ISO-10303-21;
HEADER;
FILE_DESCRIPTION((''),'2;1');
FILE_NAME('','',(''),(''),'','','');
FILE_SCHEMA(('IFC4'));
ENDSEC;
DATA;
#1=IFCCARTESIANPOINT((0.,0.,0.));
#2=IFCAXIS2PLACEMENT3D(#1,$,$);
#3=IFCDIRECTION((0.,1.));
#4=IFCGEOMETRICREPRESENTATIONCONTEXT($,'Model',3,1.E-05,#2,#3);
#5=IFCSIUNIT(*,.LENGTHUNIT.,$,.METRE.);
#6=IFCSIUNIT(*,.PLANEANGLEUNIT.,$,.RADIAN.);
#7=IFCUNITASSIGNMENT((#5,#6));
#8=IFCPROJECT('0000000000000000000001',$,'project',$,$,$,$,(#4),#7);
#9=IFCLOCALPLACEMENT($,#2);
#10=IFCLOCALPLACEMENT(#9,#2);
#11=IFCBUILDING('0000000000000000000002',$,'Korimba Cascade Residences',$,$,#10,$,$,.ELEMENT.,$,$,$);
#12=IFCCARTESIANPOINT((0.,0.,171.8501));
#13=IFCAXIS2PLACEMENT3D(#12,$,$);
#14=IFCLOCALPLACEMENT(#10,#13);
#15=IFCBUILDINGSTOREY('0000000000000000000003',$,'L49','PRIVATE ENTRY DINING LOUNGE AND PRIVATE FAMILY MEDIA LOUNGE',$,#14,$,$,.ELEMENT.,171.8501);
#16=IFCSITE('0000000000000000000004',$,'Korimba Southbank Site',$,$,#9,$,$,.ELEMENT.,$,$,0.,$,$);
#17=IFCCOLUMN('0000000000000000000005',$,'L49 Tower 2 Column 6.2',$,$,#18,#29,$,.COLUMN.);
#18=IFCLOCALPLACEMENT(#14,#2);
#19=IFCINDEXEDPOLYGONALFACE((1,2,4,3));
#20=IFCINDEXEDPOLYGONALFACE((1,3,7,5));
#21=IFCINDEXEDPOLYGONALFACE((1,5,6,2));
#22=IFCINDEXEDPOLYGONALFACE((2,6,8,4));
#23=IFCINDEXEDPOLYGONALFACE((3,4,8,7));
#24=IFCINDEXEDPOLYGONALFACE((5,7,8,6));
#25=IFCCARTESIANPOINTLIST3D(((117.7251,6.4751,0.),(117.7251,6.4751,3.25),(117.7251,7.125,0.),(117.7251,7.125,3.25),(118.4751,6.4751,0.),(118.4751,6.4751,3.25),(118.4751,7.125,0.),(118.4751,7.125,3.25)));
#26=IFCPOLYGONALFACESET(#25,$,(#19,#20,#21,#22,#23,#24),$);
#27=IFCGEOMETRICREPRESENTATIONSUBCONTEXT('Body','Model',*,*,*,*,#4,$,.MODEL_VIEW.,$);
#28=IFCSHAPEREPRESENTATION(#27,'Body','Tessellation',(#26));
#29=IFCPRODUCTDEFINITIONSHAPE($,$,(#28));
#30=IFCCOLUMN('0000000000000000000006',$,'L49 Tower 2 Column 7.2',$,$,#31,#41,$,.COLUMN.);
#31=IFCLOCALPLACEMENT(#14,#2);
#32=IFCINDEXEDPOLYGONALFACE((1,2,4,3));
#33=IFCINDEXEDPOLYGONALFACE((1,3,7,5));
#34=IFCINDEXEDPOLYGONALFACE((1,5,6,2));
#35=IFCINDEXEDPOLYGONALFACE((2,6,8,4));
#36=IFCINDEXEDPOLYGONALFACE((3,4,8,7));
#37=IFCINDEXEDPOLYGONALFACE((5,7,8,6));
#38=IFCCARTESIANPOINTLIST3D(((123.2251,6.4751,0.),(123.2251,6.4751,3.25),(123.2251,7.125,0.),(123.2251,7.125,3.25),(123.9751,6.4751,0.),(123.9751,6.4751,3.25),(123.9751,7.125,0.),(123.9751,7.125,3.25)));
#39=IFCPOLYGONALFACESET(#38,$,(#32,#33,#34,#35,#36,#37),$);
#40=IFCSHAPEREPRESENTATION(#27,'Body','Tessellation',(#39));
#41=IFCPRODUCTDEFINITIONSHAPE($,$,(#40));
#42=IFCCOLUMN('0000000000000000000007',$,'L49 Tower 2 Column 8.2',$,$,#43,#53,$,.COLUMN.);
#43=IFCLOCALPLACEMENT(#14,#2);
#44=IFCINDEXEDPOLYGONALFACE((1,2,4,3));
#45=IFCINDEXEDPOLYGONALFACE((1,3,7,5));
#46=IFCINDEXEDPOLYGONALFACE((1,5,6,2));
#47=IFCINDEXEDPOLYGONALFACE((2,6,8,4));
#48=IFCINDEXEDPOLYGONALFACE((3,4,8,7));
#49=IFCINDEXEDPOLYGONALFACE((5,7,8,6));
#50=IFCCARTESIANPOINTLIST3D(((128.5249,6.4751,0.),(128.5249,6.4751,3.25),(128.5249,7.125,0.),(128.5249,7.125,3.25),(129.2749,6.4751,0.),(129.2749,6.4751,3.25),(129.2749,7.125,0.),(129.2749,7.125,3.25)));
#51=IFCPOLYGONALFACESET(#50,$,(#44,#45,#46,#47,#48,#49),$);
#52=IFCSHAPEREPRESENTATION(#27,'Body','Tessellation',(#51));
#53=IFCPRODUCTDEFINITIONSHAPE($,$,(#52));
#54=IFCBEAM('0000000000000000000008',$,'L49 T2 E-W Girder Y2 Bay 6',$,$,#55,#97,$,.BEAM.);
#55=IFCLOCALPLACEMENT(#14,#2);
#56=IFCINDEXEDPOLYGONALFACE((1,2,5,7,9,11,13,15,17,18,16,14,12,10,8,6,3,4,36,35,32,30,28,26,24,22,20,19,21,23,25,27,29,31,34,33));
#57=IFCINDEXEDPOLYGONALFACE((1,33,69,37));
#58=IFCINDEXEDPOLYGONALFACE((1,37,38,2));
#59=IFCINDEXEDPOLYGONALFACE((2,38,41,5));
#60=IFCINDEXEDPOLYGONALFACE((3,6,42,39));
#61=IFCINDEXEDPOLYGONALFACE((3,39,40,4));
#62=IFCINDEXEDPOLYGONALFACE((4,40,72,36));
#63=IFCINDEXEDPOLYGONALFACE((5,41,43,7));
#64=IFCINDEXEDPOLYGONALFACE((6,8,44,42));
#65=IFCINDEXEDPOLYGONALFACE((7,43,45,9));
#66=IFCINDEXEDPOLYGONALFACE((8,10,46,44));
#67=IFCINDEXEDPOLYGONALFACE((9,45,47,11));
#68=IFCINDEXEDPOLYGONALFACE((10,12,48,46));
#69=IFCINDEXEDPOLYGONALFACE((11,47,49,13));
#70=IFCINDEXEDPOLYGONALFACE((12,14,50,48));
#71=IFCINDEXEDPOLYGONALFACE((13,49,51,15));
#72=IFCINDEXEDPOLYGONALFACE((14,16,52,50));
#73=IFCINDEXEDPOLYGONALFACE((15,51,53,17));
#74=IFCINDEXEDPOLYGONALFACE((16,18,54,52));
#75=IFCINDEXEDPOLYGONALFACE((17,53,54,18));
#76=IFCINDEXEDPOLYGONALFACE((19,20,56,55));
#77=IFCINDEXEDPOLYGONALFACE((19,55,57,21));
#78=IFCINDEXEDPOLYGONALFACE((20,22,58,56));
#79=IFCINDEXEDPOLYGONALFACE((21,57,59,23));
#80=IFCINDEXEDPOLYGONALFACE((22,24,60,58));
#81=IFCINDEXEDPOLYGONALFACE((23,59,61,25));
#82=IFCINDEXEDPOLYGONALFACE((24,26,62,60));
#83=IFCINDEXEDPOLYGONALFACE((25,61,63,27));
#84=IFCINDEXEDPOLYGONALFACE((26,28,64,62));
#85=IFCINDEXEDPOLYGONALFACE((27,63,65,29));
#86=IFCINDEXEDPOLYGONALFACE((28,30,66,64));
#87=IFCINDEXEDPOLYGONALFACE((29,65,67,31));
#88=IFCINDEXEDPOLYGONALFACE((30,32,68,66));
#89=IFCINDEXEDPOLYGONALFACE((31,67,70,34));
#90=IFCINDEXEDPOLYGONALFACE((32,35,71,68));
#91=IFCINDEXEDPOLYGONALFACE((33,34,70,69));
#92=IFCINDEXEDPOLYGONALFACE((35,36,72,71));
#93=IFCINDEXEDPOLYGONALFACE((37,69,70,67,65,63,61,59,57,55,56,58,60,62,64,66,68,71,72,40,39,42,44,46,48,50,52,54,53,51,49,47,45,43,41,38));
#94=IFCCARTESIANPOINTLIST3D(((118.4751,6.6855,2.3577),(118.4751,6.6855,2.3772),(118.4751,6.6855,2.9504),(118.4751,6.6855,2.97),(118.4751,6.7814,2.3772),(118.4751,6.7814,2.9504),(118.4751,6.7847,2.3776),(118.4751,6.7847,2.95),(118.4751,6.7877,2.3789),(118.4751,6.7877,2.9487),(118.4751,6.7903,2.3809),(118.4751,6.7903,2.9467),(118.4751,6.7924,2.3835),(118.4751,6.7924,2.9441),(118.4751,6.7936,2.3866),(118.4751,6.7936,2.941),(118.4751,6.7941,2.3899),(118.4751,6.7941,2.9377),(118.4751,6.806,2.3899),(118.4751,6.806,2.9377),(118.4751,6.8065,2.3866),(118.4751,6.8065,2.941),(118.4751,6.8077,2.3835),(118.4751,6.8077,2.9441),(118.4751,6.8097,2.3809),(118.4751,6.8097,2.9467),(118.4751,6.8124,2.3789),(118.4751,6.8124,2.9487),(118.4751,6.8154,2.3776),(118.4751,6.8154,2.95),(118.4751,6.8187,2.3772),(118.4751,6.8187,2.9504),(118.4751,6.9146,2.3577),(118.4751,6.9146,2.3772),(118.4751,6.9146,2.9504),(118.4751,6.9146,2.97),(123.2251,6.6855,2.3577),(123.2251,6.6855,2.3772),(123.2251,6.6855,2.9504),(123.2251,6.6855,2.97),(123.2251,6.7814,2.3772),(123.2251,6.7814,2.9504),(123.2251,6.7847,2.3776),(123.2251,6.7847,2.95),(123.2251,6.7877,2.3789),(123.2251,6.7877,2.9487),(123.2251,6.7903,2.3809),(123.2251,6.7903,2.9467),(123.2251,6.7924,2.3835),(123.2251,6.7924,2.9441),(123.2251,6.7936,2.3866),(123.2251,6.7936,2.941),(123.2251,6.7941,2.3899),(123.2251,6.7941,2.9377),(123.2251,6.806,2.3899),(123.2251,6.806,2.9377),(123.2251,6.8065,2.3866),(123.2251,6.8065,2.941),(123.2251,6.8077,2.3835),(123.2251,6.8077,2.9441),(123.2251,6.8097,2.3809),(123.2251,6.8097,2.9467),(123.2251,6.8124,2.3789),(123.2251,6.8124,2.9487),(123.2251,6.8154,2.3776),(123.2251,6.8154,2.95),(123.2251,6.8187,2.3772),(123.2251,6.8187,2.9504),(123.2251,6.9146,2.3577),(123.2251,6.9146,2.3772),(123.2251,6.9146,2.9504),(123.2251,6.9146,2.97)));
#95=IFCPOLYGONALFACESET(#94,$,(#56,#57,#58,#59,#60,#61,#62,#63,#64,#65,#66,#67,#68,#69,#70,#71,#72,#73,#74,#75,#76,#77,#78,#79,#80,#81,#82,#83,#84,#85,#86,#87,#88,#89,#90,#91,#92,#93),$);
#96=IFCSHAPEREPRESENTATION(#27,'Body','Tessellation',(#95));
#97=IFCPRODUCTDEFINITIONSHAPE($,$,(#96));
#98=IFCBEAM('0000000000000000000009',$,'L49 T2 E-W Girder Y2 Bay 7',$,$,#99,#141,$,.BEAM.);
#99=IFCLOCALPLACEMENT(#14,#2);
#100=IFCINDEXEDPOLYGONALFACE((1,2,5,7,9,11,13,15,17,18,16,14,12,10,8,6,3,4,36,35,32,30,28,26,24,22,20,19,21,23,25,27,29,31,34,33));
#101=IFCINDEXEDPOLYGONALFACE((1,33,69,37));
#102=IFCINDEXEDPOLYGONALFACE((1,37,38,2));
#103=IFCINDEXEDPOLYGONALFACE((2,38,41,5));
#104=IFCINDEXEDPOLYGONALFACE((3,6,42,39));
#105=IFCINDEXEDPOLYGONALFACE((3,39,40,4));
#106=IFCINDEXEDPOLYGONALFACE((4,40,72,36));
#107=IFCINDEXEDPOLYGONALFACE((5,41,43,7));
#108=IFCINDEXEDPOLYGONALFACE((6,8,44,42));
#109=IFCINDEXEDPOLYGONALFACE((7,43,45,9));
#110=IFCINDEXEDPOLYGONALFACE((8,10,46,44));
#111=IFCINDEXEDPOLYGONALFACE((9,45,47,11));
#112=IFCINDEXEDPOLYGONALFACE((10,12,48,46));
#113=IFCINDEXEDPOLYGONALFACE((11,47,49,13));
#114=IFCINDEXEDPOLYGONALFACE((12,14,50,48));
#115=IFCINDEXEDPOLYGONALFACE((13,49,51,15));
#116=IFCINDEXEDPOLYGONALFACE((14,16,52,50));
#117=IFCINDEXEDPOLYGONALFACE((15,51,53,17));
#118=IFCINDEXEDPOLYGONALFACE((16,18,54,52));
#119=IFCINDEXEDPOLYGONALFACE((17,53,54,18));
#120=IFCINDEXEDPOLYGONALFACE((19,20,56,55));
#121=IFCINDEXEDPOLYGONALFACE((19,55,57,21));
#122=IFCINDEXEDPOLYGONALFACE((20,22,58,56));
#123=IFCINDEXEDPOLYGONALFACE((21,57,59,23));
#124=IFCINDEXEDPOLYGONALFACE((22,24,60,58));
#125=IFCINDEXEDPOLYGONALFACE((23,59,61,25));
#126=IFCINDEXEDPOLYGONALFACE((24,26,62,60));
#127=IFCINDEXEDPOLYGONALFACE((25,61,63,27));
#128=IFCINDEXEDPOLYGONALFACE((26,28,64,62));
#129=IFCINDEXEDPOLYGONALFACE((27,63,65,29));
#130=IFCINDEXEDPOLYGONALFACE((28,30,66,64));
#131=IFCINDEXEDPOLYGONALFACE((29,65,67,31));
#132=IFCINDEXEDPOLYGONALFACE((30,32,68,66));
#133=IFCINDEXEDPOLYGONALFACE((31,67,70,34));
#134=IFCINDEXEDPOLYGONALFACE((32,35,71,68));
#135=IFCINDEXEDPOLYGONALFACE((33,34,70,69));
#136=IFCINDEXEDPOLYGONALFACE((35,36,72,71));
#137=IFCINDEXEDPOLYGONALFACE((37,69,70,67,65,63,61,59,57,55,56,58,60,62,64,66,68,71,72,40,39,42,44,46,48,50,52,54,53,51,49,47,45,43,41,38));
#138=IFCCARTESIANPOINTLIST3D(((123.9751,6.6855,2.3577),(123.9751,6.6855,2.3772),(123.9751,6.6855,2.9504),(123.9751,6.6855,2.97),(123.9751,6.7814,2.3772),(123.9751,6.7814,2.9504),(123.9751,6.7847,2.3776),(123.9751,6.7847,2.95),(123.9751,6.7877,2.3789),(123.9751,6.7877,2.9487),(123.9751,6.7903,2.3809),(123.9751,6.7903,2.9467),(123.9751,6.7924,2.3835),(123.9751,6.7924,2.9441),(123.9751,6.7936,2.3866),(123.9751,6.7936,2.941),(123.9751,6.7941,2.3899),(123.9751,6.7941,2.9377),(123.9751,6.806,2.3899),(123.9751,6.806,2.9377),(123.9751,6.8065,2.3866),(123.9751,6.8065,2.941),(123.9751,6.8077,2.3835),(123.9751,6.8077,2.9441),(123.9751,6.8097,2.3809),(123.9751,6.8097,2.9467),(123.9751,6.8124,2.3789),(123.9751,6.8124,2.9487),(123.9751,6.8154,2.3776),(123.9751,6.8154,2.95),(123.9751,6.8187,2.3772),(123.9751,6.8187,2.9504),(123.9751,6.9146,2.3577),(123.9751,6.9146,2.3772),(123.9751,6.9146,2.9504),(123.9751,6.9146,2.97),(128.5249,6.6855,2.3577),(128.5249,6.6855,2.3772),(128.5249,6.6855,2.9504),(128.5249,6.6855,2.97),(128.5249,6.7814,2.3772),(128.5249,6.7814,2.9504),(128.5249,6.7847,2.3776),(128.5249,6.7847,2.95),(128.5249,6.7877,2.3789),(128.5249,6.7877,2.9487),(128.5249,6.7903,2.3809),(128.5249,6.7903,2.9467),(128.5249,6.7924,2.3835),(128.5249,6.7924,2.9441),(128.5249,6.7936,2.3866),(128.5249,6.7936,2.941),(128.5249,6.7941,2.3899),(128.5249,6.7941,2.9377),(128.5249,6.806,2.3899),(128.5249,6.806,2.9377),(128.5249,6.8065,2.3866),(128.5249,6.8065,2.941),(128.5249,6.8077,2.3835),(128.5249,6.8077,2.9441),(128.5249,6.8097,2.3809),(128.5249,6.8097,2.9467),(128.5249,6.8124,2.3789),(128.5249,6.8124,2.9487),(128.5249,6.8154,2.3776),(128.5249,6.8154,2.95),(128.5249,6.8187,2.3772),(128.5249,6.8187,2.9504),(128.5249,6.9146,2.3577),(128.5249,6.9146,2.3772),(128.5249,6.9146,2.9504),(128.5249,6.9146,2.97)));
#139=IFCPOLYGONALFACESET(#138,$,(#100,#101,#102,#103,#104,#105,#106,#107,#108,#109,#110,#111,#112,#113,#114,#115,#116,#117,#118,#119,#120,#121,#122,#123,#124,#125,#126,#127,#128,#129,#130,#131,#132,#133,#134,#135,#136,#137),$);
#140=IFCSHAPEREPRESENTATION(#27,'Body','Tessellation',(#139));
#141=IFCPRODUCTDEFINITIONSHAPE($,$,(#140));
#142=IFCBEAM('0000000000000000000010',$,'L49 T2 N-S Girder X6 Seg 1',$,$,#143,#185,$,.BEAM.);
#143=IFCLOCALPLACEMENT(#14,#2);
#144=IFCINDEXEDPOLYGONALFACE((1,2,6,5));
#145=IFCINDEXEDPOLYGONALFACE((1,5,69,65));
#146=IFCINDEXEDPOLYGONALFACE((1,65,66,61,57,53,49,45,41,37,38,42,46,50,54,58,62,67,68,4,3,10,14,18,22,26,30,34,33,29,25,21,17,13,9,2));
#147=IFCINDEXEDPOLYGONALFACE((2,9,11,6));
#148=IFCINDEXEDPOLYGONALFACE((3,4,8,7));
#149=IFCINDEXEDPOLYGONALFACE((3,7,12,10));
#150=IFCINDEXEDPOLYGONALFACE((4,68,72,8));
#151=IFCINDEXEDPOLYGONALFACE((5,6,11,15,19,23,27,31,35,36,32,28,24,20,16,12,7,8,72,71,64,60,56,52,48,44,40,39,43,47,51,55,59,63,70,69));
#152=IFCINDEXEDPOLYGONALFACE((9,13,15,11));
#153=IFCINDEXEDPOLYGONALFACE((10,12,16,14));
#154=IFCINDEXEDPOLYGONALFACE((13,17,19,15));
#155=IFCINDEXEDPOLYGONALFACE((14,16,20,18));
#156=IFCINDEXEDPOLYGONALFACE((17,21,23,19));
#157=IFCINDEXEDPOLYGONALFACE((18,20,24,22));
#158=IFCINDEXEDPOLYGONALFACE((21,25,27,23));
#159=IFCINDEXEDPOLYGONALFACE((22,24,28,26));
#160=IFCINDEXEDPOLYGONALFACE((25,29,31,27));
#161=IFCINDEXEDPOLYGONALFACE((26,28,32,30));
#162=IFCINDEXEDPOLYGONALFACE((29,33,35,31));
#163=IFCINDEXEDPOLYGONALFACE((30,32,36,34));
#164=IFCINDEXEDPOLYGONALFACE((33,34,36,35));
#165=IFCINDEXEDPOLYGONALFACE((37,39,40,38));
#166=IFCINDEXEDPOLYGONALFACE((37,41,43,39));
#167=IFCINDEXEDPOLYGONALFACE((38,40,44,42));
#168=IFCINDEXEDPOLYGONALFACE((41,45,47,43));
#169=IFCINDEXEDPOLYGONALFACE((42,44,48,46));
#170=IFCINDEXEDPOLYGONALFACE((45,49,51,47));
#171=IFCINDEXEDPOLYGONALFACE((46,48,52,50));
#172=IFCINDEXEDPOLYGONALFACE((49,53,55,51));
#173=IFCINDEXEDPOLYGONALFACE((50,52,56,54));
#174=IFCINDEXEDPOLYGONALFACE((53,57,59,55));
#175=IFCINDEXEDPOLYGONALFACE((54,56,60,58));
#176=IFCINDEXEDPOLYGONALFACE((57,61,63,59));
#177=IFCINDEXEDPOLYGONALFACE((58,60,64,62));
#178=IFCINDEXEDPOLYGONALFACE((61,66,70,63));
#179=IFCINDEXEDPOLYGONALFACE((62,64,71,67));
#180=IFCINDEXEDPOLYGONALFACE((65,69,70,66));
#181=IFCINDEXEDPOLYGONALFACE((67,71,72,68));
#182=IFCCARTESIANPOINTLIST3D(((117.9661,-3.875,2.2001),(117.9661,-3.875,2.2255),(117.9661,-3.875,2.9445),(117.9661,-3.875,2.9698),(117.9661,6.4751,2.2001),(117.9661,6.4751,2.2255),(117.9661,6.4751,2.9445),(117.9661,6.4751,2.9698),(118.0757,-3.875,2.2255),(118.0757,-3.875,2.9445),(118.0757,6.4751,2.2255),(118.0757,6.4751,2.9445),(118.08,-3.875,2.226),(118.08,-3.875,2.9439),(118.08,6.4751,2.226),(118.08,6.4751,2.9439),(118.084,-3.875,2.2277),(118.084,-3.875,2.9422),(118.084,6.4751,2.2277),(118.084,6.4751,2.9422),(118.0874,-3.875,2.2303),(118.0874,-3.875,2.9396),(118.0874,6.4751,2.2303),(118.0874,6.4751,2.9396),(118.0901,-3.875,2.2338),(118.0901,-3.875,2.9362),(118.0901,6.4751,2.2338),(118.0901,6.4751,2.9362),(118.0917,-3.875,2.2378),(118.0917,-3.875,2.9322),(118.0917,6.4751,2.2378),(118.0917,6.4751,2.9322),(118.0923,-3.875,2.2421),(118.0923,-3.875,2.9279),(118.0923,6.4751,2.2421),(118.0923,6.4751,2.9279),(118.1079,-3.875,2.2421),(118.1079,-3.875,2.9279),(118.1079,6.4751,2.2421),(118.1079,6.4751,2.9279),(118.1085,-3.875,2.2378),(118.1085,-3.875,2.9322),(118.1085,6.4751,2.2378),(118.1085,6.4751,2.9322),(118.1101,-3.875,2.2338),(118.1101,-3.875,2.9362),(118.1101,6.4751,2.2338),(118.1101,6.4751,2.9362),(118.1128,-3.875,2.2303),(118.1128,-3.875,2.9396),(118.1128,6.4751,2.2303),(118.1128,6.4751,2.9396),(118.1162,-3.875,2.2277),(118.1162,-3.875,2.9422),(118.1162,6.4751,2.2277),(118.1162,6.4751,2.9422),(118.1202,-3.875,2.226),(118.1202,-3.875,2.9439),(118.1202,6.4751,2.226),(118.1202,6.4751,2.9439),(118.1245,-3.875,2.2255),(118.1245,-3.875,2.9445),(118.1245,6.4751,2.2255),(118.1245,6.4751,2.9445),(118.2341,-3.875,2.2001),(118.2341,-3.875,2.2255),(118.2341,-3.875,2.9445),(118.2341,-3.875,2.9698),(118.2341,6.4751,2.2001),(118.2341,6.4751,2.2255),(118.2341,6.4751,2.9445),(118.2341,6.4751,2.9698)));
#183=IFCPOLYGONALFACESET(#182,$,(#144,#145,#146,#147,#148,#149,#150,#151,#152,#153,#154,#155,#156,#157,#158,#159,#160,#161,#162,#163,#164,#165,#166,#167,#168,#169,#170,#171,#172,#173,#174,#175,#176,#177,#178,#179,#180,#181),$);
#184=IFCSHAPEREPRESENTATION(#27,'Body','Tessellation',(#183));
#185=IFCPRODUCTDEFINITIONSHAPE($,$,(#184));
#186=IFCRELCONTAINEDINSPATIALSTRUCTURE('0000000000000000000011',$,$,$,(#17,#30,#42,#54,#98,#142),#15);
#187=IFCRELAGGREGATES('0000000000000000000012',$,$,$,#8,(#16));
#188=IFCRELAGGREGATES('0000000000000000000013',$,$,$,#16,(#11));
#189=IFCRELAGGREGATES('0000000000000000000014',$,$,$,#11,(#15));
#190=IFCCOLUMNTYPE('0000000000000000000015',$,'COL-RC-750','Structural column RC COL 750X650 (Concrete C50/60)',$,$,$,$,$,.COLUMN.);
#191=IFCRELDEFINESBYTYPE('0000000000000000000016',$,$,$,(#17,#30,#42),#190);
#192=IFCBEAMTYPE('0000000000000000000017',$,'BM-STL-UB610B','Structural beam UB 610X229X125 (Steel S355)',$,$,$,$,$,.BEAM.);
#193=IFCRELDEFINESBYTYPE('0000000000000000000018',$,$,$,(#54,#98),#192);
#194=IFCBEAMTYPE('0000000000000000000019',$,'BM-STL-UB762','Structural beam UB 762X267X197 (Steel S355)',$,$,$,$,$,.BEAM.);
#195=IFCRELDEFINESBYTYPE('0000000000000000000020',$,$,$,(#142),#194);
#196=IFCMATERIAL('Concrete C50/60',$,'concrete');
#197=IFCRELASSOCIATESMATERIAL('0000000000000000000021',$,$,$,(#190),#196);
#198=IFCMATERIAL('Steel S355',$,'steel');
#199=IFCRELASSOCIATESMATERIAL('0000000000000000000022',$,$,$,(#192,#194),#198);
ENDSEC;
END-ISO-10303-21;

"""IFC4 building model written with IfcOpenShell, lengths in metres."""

from ifc_helpers import new_model, si_unit, direction, frame, origin, origin_2d, place, context, subcontext, project, spatial, rectangle, i_section, extrude, material, material_profile, profile_set, type_object, element, save


model = new_model("IFC4")

# Units and contexts
model_context = context("Model", 3, precision=1e-05, world=origin(), true_north=direction((0.0, 1.0)))
body_context = subcontext(model_context, "Body", "Model", "MODEL_VIEW")
ifc_project = project(units=[si_unit("LENGTHUNIT", "METRE"), si_unit("PLANEANGLEUNIT", "RADIAN")], contexts=[model_context])

# Site, building, storey
site_placement = place(None, origin())
site = spatial("IfcSite", under=ifc_project, at=site_placement, Name="Korimba Southbank Site", CompositionType="ELEMENT", RefElevation=0.0)
building_placement = place(site_placement, origin())
building = spatial("IfcBuilding", under=site, at=building_placement, Name="Korimba Cascade Residences", CompositionType="ELEMENT")
storey_placement = place(building_placement, frame((0.0, 0.0, 171.8501)))
storey = spatial("IfcBuildingStorey", under=building, at=storey_placement, Name="L49", Description="PRIVATE ENTRY DINING LOUNGE AND PRIVATE FAMILY MEDIA LOUNGE", CompositionType="ELEMENT", Elevation=171.8501)

# Columns
ifc_material_1 = material(Name="Concrete C50/60", Category="concrete")
ifc_material_profile_1 = material_profile(ifc_material_1, rectangle(XDim=0.75, YDim=0.6499, at=origin_2d()), Name="Concrete C50/60")
ifc_profile_set_1 = profile_set([ifc_material_profile_1], Name="Concrete C50/60")
column_type = type_object("IfcColumnType", Name="COL-RC-750", Description="Structural column RC COL 750X650 (Concrete C50/60)", PredefinedType="COLUMN", material=ifc_profile_set_1)
for number, where, z_axis, x_axis, name in (
    (1, (118.1001, 6.8, 0.0), (0.0, 0.0, 1.0), (1.0, 0.0, 0.0), "L49 Tower 2 Column 6.2"),
    (2, (123.6001, 6.8, 0.0), (0.0, 0.0, 1.0), (1.0, 0.0, 0.0), "L49 Tower 2 Column 7.2"),
    (3, (128.8999, 6.8, 0.0), (0.0, 0.0, 1.0), (1.0, 0.0, 0.0), "L49 Tower 2 Column 8.2"),
):
    element("IfcColumn", number, at=place(storey_placement, frame(where, z_axis=z_axis, x_axis=x_axis)), inside=storey, type_object=column_type, Name=name, PredefinedType="COLUMN", context=body_context, shape_type="SweptSolid", body=[
        extrude(rectangle(XDim=0.75, YDim=0.6499, at=origin_2d()), origin(), (0.0, 0.0, 1.0), 3.25),
    ])

# Beams
ifc_material_2 = material(Name="Steel S355", Category="steel")
ifc_material_profile_2 = material_profile(ifc_material_2, i_section(OverallWidth=0.229, OverallDepth=0.6123, WebThickness=0.012, FlangeThickness=0.0195, FilletRadius=0.0127, at=origin_2d()), Name="Steel S355")
ifc_profile_set_2 = profile_set([ifc_material_profile_2], Name="Steel S355")
beam_type_1 = type_object("IfcBeamType", Name="BM-STL-UB610B", Description="Structural beam UB 610X229X125 (Steel S355)", PredefinedType="BEAM", material=ifc_profile_set_2)
beam_1_placement = place(storey_placement, frame((118.4751, 6.8, 2.6638), z_axis=(1.0, 0.0, 0.0), x_axis=(0.0, 1.0, 0.0)))
element("IfcBeam", 4, at=beam_1_placement, inside=storey, type_object=beam_type_1, Name="L49 T2 E-W Girder Y2 Bay 6", PredefinedType="BEAM", context=body_context, shape_type="SweptSolid", body=[
    extrude(i_section(OverallWidth=0.229, OverallDepth=0.6123, WebThickness=0.012, FlangeThickness=0.0195, FilletRadius=0.0127, at=origin_2d()), origin(), (0.0, 0.0, 1.0), 4.75),
])
beam_2_placement = place(storey_placement, frame((123.9751, 6.8, 2.6638), z_axis=(1.0, 0.0, 0.0), x_axis=(0.0, 1.0, 0.0)))
element("IfcBeam", 5, at=beam_2_placement, inside=storey, type_object=beam_type_1, Name="L49 T2 E-W Girder Y2 Bay 7", PredefinedType="BEAM", context=body_context, shape_type="SweptSolid", body=[
    extrude(i_section(OverallWidth=0.229, OverallDepth=0.6123, WebThickness=0.012, FlangeThickness=0.0195, FilletRadius=0.0127, at=origin_2d()), origin(), (0.0, 0.0, 1.0), 4.5498),
])
ifc_material_profile_3 = material_profile(ifc_material_2, i_section(OverallWidth=0.2681, OverallDepth=0.7698, WebThickness=0.0156, FlangeThickness=0.0254, FilletRadius=0.0166, at=origin_2d()), Name="Steel S355")
ifc_profile_set_3 = profile_set([ifc_material_profile_3], Name="Steel S355")
beam_type_2 = type_object("IfcBeamType", Name="BM-STL-UB762", Description="Structural beam UB 762X267X197 (Steel S355)", PredefinedType="BEAM", material=ifc_profile_set_3)
for number, where, z_axis, x_axis, name in (
    (6, (118.1001, -3.875, 2.585), (0.0, 1.0, 0.0), (-1.0, 0.0, 0.0), "L49 T2 N-S Girder X6 Seg 1"),
):
    element("IfcBeam", number, at=place(storey_placement, frame(where, z_axis=z_axis, x_axis=x_axis)), inside=storey, type_object=beam_type_2, Name=name, PredefinedType="BEAM", context=body_context, shape_type="SweptSolid", body=[
        extrude(i_section(OverallWidth=0.2681, OverallDepth=0.7698, WebThickness=0.0156, FlangeThickness=0.0254, FilletRadius=0.0166, at=origin_2d()), origin(), (0.0, 0.0, 1.0), 10.3501),
    ])

save(model, "model.ifc")
